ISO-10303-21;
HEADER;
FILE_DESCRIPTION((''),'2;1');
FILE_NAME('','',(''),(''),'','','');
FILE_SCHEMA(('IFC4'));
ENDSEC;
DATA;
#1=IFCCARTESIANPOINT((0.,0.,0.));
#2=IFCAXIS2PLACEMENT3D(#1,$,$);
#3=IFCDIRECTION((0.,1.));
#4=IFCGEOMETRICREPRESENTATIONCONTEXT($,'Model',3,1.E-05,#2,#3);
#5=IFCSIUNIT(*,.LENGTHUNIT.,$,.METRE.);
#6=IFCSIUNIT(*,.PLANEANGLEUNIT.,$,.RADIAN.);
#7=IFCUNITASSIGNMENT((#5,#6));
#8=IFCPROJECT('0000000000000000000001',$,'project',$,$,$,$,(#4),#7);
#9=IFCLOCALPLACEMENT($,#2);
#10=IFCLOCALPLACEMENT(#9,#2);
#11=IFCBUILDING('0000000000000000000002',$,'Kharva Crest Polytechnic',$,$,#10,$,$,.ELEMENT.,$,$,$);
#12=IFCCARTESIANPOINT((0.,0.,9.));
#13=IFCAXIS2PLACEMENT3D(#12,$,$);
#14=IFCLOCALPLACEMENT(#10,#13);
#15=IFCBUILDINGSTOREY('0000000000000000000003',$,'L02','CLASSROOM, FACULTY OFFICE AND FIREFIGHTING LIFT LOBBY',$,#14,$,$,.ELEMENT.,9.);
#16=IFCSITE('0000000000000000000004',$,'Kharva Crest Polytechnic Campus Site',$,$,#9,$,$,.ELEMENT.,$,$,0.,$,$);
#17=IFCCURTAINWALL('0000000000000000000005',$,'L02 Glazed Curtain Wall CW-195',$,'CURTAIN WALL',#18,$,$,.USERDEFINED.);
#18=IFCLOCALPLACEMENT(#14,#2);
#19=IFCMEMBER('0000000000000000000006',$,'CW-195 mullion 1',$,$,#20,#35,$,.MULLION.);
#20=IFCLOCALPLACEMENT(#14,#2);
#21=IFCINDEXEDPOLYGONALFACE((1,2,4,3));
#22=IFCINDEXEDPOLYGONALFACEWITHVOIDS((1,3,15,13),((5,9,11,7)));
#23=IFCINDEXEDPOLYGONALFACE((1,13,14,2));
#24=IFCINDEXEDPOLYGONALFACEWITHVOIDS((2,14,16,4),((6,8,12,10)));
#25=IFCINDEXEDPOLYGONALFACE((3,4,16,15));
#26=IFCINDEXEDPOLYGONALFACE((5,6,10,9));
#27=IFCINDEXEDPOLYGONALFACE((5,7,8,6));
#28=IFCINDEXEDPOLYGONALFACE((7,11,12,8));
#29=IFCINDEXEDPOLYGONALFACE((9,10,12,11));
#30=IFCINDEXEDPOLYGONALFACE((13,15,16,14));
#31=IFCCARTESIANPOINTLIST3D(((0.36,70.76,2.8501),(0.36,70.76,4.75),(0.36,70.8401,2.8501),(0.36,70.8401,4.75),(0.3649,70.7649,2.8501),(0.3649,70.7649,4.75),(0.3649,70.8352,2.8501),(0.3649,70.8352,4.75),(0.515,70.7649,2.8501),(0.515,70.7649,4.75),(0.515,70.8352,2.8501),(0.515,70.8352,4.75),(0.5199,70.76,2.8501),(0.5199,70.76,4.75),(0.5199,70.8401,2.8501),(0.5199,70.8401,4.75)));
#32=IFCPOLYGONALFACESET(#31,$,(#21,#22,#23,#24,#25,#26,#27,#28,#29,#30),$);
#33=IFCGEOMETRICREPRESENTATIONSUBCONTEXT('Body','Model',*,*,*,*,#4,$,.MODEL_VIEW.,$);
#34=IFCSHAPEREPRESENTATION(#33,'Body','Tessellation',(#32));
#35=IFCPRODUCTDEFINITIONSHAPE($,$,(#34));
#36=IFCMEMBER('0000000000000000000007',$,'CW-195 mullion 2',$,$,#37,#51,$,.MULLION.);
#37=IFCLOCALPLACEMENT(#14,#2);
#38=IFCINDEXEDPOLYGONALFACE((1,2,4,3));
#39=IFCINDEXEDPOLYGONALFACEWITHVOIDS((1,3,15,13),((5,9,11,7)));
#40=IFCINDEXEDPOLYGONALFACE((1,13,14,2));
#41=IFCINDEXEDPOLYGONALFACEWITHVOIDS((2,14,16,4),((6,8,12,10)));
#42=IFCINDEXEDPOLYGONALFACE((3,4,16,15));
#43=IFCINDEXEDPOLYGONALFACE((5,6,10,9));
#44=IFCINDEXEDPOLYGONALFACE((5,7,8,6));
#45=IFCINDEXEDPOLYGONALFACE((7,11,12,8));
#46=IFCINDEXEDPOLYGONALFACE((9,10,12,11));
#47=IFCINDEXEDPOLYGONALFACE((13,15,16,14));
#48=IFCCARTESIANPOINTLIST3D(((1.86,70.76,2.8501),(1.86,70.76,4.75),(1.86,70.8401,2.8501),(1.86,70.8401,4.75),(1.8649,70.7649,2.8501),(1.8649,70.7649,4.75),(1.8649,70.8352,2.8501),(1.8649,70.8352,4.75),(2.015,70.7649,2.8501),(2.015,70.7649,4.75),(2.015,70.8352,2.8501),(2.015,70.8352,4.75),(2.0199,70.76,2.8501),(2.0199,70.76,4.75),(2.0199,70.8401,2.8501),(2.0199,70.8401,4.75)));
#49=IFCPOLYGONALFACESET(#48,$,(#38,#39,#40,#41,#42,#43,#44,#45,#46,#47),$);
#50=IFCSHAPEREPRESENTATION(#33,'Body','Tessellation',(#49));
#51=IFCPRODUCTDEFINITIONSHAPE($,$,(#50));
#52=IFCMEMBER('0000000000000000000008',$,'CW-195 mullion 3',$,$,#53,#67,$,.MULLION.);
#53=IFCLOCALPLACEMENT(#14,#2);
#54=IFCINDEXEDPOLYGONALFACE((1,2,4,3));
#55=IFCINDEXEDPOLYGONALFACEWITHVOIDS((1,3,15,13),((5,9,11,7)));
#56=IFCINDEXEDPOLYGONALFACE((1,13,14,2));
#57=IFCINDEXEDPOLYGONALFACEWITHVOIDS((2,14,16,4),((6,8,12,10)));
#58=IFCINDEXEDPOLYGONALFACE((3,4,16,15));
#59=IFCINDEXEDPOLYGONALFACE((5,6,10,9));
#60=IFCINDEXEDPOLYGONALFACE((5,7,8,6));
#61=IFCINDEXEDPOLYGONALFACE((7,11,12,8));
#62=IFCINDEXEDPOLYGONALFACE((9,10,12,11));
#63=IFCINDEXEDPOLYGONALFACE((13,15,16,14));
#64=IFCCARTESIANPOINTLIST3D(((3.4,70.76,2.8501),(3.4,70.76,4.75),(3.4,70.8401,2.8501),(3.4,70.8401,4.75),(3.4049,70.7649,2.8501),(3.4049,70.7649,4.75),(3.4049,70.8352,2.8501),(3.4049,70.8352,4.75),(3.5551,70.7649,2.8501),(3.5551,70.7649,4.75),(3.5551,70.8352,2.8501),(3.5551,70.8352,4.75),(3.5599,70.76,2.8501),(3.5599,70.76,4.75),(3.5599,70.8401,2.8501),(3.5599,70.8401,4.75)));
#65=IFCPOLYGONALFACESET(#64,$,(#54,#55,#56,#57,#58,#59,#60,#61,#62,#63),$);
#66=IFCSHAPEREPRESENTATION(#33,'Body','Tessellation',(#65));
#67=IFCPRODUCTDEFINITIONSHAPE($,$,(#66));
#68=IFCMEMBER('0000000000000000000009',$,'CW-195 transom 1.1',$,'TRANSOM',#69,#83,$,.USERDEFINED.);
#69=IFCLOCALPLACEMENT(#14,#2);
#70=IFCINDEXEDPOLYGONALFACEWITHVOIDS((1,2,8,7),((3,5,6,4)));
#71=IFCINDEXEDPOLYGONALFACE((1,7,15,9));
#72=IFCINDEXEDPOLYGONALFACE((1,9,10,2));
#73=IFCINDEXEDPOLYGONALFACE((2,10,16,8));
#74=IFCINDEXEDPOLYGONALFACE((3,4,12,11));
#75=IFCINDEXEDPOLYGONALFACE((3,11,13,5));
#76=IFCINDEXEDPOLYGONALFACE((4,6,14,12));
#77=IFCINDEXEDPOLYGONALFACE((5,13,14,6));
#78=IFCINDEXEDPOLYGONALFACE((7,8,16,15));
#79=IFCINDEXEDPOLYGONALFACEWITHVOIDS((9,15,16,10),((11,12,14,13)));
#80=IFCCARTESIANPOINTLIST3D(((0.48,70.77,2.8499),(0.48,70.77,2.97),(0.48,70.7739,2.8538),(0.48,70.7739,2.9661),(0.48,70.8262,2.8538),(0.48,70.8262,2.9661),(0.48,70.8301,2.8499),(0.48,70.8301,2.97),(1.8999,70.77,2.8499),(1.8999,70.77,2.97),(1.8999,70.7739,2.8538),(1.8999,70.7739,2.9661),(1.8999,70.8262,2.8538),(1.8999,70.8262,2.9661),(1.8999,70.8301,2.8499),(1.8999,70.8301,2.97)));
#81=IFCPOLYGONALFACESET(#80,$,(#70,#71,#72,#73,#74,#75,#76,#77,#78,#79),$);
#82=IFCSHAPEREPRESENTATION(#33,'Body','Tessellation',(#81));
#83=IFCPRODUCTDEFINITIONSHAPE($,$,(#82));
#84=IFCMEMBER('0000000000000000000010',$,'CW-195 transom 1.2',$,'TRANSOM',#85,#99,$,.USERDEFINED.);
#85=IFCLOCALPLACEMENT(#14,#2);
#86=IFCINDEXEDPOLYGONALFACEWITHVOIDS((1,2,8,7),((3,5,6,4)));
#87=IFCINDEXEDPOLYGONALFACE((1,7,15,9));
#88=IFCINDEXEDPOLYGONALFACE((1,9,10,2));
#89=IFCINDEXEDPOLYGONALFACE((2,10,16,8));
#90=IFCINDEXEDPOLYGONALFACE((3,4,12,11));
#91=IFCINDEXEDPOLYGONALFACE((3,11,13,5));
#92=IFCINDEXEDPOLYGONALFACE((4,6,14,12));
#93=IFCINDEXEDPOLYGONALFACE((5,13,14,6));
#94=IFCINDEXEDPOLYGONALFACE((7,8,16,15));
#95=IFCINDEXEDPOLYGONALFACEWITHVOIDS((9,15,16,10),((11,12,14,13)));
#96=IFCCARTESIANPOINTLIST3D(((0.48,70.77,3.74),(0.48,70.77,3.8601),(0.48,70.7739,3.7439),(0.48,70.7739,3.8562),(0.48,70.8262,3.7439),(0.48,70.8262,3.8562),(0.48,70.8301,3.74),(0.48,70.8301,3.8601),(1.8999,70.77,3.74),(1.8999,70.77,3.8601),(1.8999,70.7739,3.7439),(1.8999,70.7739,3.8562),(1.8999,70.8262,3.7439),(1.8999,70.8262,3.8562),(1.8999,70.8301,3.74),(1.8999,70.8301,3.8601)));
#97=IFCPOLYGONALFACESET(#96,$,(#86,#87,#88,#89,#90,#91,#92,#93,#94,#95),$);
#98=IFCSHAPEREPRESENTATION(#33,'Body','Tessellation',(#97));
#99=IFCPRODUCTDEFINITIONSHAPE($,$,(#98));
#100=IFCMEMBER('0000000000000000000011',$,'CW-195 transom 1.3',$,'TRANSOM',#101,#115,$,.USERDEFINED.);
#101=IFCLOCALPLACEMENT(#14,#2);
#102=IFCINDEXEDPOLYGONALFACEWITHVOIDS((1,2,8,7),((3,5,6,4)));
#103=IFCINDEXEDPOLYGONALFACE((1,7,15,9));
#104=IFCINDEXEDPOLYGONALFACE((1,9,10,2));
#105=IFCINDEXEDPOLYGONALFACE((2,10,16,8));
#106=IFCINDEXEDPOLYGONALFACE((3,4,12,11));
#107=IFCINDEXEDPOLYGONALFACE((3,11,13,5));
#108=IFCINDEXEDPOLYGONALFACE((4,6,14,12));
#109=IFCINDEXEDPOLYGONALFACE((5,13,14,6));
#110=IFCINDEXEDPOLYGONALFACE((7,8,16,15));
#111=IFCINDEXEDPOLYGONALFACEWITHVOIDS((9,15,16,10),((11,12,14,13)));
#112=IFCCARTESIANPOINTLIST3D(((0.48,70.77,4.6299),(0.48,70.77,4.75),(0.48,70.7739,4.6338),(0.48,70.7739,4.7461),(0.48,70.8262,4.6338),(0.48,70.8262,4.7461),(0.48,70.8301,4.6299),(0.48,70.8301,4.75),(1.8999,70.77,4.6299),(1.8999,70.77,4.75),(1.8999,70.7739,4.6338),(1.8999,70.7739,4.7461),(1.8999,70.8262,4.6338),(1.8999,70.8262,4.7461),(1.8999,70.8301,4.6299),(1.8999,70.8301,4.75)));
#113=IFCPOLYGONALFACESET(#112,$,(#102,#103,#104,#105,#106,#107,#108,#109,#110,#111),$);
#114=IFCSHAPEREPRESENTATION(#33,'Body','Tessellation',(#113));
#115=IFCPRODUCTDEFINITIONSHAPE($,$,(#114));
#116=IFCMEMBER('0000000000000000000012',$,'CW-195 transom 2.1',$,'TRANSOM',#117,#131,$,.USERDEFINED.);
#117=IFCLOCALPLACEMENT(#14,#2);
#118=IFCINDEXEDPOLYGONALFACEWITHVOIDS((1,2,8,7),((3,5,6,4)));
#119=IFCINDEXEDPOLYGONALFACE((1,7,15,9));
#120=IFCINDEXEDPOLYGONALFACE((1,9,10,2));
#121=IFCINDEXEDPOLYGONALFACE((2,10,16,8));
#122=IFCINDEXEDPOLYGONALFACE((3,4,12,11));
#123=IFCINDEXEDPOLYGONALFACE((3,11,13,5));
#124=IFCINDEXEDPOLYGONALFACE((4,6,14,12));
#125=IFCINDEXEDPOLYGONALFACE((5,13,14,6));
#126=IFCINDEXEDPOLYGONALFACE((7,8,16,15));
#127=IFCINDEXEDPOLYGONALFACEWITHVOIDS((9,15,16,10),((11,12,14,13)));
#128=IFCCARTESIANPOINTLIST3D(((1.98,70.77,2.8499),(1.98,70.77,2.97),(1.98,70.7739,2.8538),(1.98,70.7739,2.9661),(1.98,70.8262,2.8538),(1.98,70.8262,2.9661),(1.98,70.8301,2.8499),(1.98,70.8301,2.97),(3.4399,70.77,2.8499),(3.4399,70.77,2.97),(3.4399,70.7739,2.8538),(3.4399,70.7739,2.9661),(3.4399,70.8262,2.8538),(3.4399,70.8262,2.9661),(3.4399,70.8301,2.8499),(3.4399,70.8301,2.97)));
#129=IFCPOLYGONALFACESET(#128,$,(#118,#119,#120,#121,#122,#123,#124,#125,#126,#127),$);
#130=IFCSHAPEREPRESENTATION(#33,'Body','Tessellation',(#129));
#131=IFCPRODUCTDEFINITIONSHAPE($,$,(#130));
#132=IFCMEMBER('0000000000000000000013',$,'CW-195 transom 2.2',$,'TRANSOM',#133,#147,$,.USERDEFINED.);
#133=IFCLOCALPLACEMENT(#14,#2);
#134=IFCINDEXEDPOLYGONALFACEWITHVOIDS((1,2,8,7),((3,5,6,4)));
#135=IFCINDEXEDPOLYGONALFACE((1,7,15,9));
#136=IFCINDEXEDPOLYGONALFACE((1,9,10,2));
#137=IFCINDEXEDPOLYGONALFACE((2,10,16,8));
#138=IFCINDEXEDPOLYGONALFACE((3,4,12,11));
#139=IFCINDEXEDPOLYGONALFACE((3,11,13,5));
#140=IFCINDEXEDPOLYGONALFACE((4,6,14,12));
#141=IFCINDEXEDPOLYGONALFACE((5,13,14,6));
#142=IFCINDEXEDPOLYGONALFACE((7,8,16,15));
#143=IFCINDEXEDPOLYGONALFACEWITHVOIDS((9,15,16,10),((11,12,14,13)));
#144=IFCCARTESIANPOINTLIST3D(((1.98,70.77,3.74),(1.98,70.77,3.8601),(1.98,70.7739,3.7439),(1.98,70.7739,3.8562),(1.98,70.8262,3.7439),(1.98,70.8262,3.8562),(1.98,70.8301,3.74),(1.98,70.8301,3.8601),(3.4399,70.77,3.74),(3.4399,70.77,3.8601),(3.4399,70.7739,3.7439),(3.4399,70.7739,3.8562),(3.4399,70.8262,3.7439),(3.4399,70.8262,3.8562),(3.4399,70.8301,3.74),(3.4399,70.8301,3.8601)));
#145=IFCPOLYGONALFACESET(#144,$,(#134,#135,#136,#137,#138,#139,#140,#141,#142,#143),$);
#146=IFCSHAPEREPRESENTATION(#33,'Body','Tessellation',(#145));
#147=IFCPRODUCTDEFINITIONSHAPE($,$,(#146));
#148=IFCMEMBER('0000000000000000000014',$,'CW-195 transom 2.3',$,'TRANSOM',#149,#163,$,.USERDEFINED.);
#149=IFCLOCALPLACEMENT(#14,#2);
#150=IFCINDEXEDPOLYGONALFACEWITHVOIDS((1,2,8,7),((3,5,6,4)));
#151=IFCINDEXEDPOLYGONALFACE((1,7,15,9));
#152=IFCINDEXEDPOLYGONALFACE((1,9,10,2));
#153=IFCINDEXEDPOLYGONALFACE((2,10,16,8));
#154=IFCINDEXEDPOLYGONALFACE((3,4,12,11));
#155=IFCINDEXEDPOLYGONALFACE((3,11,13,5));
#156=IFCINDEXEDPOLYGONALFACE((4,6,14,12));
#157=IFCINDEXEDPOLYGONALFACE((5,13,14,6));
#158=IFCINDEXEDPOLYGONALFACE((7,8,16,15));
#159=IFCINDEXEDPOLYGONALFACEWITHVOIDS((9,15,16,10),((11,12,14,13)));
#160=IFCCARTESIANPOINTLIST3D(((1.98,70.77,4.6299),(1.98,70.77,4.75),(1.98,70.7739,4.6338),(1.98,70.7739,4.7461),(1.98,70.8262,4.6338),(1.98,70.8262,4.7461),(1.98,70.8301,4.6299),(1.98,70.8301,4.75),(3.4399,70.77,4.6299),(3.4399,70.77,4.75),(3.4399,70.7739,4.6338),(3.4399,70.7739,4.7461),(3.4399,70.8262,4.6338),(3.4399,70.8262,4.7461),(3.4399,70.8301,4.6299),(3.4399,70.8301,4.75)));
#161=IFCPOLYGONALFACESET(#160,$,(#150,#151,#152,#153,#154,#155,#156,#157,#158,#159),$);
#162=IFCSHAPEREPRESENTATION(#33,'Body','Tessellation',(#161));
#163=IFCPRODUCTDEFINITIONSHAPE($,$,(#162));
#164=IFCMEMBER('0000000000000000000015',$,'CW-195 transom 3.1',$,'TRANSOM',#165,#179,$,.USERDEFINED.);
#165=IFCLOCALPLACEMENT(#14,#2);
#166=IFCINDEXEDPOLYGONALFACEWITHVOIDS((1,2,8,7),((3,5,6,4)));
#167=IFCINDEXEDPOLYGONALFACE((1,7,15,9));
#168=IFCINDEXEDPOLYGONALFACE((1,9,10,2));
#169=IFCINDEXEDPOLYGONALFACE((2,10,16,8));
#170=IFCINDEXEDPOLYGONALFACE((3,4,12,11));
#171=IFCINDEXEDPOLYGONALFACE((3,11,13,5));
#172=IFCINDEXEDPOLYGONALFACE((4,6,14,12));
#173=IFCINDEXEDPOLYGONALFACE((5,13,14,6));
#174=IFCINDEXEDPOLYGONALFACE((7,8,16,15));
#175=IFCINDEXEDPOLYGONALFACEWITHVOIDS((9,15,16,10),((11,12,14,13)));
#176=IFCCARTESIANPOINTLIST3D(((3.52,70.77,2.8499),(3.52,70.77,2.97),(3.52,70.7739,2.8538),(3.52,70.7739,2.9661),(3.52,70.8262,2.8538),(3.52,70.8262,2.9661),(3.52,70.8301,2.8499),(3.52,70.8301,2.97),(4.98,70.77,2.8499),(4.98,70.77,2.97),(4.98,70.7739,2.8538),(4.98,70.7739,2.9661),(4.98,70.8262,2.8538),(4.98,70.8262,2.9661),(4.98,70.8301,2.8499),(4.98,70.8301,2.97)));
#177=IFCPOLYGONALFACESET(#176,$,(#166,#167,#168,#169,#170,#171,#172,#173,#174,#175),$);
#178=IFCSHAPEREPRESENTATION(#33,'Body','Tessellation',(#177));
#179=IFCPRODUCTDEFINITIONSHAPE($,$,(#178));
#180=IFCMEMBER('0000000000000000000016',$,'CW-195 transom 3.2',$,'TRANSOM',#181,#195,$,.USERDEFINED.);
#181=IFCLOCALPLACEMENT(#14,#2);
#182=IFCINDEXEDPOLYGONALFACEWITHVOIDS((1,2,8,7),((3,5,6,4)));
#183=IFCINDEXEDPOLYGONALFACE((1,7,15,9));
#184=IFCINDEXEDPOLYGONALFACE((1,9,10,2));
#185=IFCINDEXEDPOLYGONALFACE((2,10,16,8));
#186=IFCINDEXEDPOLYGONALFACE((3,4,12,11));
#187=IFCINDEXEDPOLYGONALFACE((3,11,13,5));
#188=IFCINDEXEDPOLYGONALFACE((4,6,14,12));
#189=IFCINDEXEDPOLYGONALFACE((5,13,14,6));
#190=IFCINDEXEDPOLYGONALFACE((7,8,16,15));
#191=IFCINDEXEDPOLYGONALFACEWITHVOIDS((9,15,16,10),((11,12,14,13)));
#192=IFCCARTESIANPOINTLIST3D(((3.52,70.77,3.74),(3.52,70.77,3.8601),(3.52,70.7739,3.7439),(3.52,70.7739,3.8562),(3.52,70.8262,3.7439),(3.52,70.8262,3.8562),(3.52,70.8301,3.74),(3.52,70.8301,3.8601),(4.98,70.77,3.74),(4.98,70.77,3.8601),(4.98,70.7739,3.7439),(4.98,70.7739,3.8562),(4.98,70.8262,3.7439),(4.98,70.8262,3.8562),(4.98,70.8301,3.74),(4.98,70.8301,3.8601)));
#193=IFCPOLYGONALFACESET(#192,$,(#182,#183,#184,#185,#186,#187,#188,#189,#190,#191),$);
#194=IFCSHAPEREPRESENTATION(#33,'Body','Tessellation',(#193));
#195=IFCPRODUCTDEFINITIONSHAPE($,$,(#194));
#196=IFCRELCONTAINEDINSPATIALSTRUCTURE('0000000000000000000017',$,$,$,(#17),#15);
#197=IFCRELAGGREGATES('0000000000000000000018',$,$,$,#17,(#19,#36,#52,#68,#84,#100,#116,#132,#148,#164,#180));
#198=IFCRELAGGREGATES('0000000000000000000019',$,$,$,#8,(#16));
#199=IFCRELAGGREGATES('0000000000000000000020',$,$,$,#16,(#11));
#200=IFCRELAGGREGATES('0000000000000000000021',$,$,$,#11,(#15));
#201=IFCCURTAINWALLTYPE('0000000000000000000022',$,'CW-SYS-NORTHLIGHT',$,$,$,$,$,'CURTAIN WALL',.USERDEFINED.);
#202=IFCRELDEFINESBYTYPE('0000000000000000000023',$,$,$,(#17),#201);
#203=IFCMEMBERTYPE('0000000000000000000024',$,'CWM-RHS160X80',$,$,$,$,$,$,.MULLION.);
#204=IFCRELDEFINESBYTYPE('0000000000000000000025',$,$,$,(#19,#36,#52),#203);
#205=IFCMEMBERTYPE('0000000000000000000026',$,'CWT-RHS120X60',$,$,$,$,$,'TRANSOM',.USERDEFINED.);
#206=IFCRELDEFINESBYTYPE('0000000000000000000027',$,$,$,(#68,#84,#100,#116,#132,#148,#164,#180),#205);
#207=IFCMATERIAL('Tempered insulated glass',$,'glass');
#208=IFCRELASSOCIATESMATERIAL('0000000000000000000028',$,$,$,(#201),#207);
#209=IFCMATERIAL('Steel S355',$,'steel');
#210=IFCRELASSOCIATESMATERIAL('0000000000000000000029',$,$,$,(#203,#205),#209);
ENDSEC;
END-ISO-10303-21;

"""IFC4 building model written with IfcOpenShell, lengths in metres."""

from ifc_helpers import new_model, si_unit, direction, frame, origin, origin_2d, place, context, subcontext, project, spatial, hollow_rectangle, extrude, material, material_profile, profile_set, type_object, element, aggregate, save


model = new_model("IFC4")

# Units and contexts
model_context = context("Model", 3, precision=1e-05, world=origin(), true_north=direction((0.0, 1.0)))
body_context = subcontext(model_context, "Body", "Model", "MODEL_VIEW")
ifc_project = project(units=[si_unit("LENGTHUNIT", "METRE"), si_unit("PLANEANGLEUNIT", "RADIAN")], contexts=[model_context])

# Site, building, storey
site_placement = place(None, origin())
site = spatial("IfcSite", under=ifc_project, at=site_placement, Name="Kharva Crest Polytechnic Campus Site", CompositionType="ELEMENT", RefElevation=0.0)
building_placement = place(site_placement, origin())
building = spatial("IfcBuilding", under=site, at=building_placement, Name="Kharva Crest Polytechnic", CompositionType="ELEMENT")
storey_placement = place(building_placement, frame((0.0, 0.0, 9.0)))
storey = spatial("IfcBuildingStorey", under=building, at=storey_placement, Name="L02", Description="CLASSROOM, FACULTY OFFICE AND FIREFIGHTING LIFT LOBBY", CompositionType="ELEMENT", Elevation=9.0)

# Curtain wall, members
ifc_material_1 = material(Name="Tempered insulated glass", Category="glass")
curtain_wall_type = type_object("IfcCurtainWallType", Name="CW-SYS-NORTHLIGHT", ElementType="CURTAIN WALL", PredefinedType="USERDEFINED", material=ifc_material_1)
curtain_wall_placement = place(storey_placement, origin())
curtain_wall = element("IfcCurtainWall", 1, at=curtain_wall_placement, inside=storey, type_object=curtain_wall_type, Name="L02 Glazed Curtain Wall CW-195", ObjectType="CURTAIN WALL", PredefinedType="USERDEFINED")
ifc_material_2 = material(Name="Steel S355", Category="steel")
ifc_material_profile_1 = material_profile(ifc_material_2, hollow_rectangle(XDim=0.0801, YDim=0.1599, WallThickness=0.0049, at=origin_2d()), Name="RHS 160X80X5.0")
ifc_profile_set_1 = profile_set([ifc_material_profile_1], Name="Steel S355")
member_type_1 = type_object("IfcMemberType", Name="CWM-RHS160X80", PredefinedType="MULLION", material=ifc_profile_set_1)
member_1_placement = place(storey_placement, frame((0.4399, 70.8, 2.8501), z_axis=(0.0, 0.0, 1.0), x_axis=(0.0, 1.0, 0.0)))
member_1 = element("IfcMember", 2, at=member_1_placement, type_object=member_type_1, Name="CW-195 mullion 1", PredefinedType="MULLION", context=body_context, shape_type="SweptSolid", body=[
    extrude(hollow_rectangle(XDim=0.0801, YDim=0.1599, WallThickness=0.0049, at=origin_2d()), origin(), (0.0, 0.0, 1.0), 1.8999),
])
member_2_placement = place(storey_placement, frame((1.9399, 70.8, 2.8501), z_axis=(0.0, 0.0, 1.0), x_axis=(0.0, 1.0, 0.0)))
member_2 = element("IfcMember", 3, at=member_2_placement, type_object=member_type_1, Name="CW-195 mullion 2", PredefinedType="MULLION", context=body_context, shape_type="SweptSolid", body=[
    extrude(hollow_rectangle(XDim=0.0801, YDim=0.1599, WallThickness=0.0049, at=origin_2d()), origin(), (0.0, 0.0, 1.0), 1.8999),
])
member_3_placement = place(storey_placement, frame((3.48, 70.8, 2.8501), z_axis=(0.0, 0.0, 1.0), x_axis=(0.0, 1.0, 0.0)))
member_3 = element("IfcMember", 4, at=member_3_placement, type_object=member_type_1, Name="CW-195 mullion 3", PredefinedType="MULLION", context=body_context, shape_type="SweptSolid", body=[
    extrude(hollow_rectangle(XDim=0.0801, YDim=0.1599, WallThickness=0.0049, at=origin_2d()), origin(), (0.0, 0.0, 1.0), 1.8999),
])
ifc_material_profile_2 = material_profile(ifc_material_2, hollow_rectangle(XDim=0.0601, YDim=0.1201, WallThickness=0.0039, at=origin_2d()), Name="RHS 120X60X4.0")
ifc_profile_set_2 = profile_set([ifc_material_profile_2], Name="Steel S355")
member_type_2 = type_object("IfcMemberType", Name="CWT-RHS120X60", ElementType="TRANSOM", PredefinedType="USERDEFINED", material=ifc_profile_set_2)
member_4_placement = place(storey_placement, frame((0.48, 70.8, 2.9099), z_axis=(1.0, 0.0, 0.0), x_axis=(0.0, 1.0, 0.0)))
member_4 = element("IfcMember", 5, at=member_4_placement, type_object=member_type_2, Name="CW-195 transom 1.1", ObjectType="TRANSOM", PredefinedType="USERDEFINED", context=body_context, shape_type="SweptSolid", body=[
    extrude(hollow_rectangle(XDim=0.0601, YDim=0.1201, WallThickness=0.0039, at=origin_2d()), origin(), (0.0, 0.0, 1.0), 1.4199),
])
member_5_placement = place(storey_placement, frame((0.48, 70.8, 3.8), z_axis=(1.0, 0.0, 0.0), x_axis=(0.0, 1.0, 0.0)))
member_5 = element("IfcMember", 6, at=member_5_placement, type_object=member_type_2, Name="CW-195 transom 1.2", ObjectType="TRANSOM", PredefinedType="USERDEFINED", context=body_context, shape_type="SweptSolid", body=[
    extrude(hollow_rectangle(XDim=0.0601, YDim=0.1201, WallThickness=0.0039, at=origin_2d()), origin(), (0.0, 0.0, 1.0), 1.4199),
])
member_6_placement = place(storey_placement, frame((0.48, 70.8, 4.6899), z_axis=(1.0, 0.0, 0.0), x_axis=(0.0, 1.0, 0.0)))
member_6 = element("IfcMember", 7, at=member_6_placement, type_object=member_type_2, Name="CW-195 transom 1.3", ObjectType="TRANSOM", PredefinedType="USERDEFINED", context=body_context, shape_type="SweptSolid", body=[
    extrude(hollow_rectangle(XDim=0.0601, YDim=0.1201, WallThickness=0.0039, at=origin_2d()), origin(), (0.0, 0.0, 1.0), 1.4199),
])
member_7_placement = place(storey_placement, frame((1.98, 70.8, 2.9099), z_axis=(1.0, 0.0, 0.0), x_axis=(0.0, 1.0, 0.0)))
member_7 = element("IfcMember", 8, at=member_7_placement, type_object=member_type_2, Name="CW-195 transom 2.1", ObjectType="TRANSOM", PredefinedType="USERDEFINED", context=body_context, shape_type="SweptSolid", body=[
    extrude(hollow_rectangle(XDim=0.0601, YDim=0.1201, WallThickness=0.0039, at=origin_2d()), origin(), (0.0, 0.0, 1.0), 1.46),
])
member_8_placement = place(storey_placement, frame((1.98, 70.8, 3.8), z_axis=(1.0, 0.0, 0.0), x_axis=(0.0, 1.0, 0.0)))
member_8 = element("IfcMember", 9, at=member_8_placement, type_object=member_type_2, Name="CW-195 transom 2.2", ObjectType="TRANSOM", PredefinedType="USERDEFINED", context=body_context, shape_type="SweptSolid", body=[
    extrude(hollow_rectangle(XDim=0.0601, YDim=0.1201, WallThickness=0.0039, at=origin_2d()), origin(), (0.0, 0.0, 1.0), 1.46),
])
member_9_placement = place(storey_placement, frame((1.98, 70.8, 4.6899), z_axis=(1.0, 0.0, 0.0), x_axis=(0.0, 1.0, 0.0)))
member_9 = element("IfcMember", 10, at=member_9_placement, type_object=member_type_2, Name="CW-195 transom 2.3", ObjectType="TRANSOM", PredefinedType="USERDEFINED", context=body_context, shape_type="SweptSolid", body=[
    extrude(hollow_rectangle(XDim=0.0601, YDim=0.1201, WallThickness=0.0039, at=origin_2d()), origin(), (0.0, 0.0, 1.0), 1.46),
])
member_10_placement = place(storey_placement, frame((3.52, 70.8, 2.9099), z_axis=(1.0, 0.0, 0.0), x_axis=(0.0, 1.0, 0.0)))
member_10 = element("IfcMember", 11, at=member_10_placement, type_object=member_type_2, Name="CW-195 transom 3.1", ObjectType="TRANSOM", PredefinedType="USERDEFINED", context=body_context, shape_type="SweptSolid", body=[
    extrude(hollow_rectangle(XDim=0.0601, YDim=0.1201, WallThickness=0.0039, at=origin_2d()), origin(), (0.0, 0.0, 1.0), 1.46),
])
member_11_placement = place(storey_placement, frame((3.52, 70.8, 3.8), z_axis=(1.0, 0.0, 0.0), x_axis=(0.0, 1.0, 0.0)))
member_11 = element("IfcMember", 12, at=member_11_placement, type_object=member_type_2, Name="CW-195 transom 3.2", ObjectType="TRANSOM", PredefinedType="USERDEFINED", context=body_context, shape_type="SweptSolid", body=[
    extrude(hollow_rectangle(XDim=0.0601, YDim=0.1201, WallThickness=0.0039, at=origin_2d()), origin(), (0.0, 0.0, 1.0), 1.46),
])

aggregate(curtain_wall, [member_1, member_2, member_3, member_4, member_5, member_6, member_7, member_8, member_9, member_10, member_11])

save(model, "model.ifc")
